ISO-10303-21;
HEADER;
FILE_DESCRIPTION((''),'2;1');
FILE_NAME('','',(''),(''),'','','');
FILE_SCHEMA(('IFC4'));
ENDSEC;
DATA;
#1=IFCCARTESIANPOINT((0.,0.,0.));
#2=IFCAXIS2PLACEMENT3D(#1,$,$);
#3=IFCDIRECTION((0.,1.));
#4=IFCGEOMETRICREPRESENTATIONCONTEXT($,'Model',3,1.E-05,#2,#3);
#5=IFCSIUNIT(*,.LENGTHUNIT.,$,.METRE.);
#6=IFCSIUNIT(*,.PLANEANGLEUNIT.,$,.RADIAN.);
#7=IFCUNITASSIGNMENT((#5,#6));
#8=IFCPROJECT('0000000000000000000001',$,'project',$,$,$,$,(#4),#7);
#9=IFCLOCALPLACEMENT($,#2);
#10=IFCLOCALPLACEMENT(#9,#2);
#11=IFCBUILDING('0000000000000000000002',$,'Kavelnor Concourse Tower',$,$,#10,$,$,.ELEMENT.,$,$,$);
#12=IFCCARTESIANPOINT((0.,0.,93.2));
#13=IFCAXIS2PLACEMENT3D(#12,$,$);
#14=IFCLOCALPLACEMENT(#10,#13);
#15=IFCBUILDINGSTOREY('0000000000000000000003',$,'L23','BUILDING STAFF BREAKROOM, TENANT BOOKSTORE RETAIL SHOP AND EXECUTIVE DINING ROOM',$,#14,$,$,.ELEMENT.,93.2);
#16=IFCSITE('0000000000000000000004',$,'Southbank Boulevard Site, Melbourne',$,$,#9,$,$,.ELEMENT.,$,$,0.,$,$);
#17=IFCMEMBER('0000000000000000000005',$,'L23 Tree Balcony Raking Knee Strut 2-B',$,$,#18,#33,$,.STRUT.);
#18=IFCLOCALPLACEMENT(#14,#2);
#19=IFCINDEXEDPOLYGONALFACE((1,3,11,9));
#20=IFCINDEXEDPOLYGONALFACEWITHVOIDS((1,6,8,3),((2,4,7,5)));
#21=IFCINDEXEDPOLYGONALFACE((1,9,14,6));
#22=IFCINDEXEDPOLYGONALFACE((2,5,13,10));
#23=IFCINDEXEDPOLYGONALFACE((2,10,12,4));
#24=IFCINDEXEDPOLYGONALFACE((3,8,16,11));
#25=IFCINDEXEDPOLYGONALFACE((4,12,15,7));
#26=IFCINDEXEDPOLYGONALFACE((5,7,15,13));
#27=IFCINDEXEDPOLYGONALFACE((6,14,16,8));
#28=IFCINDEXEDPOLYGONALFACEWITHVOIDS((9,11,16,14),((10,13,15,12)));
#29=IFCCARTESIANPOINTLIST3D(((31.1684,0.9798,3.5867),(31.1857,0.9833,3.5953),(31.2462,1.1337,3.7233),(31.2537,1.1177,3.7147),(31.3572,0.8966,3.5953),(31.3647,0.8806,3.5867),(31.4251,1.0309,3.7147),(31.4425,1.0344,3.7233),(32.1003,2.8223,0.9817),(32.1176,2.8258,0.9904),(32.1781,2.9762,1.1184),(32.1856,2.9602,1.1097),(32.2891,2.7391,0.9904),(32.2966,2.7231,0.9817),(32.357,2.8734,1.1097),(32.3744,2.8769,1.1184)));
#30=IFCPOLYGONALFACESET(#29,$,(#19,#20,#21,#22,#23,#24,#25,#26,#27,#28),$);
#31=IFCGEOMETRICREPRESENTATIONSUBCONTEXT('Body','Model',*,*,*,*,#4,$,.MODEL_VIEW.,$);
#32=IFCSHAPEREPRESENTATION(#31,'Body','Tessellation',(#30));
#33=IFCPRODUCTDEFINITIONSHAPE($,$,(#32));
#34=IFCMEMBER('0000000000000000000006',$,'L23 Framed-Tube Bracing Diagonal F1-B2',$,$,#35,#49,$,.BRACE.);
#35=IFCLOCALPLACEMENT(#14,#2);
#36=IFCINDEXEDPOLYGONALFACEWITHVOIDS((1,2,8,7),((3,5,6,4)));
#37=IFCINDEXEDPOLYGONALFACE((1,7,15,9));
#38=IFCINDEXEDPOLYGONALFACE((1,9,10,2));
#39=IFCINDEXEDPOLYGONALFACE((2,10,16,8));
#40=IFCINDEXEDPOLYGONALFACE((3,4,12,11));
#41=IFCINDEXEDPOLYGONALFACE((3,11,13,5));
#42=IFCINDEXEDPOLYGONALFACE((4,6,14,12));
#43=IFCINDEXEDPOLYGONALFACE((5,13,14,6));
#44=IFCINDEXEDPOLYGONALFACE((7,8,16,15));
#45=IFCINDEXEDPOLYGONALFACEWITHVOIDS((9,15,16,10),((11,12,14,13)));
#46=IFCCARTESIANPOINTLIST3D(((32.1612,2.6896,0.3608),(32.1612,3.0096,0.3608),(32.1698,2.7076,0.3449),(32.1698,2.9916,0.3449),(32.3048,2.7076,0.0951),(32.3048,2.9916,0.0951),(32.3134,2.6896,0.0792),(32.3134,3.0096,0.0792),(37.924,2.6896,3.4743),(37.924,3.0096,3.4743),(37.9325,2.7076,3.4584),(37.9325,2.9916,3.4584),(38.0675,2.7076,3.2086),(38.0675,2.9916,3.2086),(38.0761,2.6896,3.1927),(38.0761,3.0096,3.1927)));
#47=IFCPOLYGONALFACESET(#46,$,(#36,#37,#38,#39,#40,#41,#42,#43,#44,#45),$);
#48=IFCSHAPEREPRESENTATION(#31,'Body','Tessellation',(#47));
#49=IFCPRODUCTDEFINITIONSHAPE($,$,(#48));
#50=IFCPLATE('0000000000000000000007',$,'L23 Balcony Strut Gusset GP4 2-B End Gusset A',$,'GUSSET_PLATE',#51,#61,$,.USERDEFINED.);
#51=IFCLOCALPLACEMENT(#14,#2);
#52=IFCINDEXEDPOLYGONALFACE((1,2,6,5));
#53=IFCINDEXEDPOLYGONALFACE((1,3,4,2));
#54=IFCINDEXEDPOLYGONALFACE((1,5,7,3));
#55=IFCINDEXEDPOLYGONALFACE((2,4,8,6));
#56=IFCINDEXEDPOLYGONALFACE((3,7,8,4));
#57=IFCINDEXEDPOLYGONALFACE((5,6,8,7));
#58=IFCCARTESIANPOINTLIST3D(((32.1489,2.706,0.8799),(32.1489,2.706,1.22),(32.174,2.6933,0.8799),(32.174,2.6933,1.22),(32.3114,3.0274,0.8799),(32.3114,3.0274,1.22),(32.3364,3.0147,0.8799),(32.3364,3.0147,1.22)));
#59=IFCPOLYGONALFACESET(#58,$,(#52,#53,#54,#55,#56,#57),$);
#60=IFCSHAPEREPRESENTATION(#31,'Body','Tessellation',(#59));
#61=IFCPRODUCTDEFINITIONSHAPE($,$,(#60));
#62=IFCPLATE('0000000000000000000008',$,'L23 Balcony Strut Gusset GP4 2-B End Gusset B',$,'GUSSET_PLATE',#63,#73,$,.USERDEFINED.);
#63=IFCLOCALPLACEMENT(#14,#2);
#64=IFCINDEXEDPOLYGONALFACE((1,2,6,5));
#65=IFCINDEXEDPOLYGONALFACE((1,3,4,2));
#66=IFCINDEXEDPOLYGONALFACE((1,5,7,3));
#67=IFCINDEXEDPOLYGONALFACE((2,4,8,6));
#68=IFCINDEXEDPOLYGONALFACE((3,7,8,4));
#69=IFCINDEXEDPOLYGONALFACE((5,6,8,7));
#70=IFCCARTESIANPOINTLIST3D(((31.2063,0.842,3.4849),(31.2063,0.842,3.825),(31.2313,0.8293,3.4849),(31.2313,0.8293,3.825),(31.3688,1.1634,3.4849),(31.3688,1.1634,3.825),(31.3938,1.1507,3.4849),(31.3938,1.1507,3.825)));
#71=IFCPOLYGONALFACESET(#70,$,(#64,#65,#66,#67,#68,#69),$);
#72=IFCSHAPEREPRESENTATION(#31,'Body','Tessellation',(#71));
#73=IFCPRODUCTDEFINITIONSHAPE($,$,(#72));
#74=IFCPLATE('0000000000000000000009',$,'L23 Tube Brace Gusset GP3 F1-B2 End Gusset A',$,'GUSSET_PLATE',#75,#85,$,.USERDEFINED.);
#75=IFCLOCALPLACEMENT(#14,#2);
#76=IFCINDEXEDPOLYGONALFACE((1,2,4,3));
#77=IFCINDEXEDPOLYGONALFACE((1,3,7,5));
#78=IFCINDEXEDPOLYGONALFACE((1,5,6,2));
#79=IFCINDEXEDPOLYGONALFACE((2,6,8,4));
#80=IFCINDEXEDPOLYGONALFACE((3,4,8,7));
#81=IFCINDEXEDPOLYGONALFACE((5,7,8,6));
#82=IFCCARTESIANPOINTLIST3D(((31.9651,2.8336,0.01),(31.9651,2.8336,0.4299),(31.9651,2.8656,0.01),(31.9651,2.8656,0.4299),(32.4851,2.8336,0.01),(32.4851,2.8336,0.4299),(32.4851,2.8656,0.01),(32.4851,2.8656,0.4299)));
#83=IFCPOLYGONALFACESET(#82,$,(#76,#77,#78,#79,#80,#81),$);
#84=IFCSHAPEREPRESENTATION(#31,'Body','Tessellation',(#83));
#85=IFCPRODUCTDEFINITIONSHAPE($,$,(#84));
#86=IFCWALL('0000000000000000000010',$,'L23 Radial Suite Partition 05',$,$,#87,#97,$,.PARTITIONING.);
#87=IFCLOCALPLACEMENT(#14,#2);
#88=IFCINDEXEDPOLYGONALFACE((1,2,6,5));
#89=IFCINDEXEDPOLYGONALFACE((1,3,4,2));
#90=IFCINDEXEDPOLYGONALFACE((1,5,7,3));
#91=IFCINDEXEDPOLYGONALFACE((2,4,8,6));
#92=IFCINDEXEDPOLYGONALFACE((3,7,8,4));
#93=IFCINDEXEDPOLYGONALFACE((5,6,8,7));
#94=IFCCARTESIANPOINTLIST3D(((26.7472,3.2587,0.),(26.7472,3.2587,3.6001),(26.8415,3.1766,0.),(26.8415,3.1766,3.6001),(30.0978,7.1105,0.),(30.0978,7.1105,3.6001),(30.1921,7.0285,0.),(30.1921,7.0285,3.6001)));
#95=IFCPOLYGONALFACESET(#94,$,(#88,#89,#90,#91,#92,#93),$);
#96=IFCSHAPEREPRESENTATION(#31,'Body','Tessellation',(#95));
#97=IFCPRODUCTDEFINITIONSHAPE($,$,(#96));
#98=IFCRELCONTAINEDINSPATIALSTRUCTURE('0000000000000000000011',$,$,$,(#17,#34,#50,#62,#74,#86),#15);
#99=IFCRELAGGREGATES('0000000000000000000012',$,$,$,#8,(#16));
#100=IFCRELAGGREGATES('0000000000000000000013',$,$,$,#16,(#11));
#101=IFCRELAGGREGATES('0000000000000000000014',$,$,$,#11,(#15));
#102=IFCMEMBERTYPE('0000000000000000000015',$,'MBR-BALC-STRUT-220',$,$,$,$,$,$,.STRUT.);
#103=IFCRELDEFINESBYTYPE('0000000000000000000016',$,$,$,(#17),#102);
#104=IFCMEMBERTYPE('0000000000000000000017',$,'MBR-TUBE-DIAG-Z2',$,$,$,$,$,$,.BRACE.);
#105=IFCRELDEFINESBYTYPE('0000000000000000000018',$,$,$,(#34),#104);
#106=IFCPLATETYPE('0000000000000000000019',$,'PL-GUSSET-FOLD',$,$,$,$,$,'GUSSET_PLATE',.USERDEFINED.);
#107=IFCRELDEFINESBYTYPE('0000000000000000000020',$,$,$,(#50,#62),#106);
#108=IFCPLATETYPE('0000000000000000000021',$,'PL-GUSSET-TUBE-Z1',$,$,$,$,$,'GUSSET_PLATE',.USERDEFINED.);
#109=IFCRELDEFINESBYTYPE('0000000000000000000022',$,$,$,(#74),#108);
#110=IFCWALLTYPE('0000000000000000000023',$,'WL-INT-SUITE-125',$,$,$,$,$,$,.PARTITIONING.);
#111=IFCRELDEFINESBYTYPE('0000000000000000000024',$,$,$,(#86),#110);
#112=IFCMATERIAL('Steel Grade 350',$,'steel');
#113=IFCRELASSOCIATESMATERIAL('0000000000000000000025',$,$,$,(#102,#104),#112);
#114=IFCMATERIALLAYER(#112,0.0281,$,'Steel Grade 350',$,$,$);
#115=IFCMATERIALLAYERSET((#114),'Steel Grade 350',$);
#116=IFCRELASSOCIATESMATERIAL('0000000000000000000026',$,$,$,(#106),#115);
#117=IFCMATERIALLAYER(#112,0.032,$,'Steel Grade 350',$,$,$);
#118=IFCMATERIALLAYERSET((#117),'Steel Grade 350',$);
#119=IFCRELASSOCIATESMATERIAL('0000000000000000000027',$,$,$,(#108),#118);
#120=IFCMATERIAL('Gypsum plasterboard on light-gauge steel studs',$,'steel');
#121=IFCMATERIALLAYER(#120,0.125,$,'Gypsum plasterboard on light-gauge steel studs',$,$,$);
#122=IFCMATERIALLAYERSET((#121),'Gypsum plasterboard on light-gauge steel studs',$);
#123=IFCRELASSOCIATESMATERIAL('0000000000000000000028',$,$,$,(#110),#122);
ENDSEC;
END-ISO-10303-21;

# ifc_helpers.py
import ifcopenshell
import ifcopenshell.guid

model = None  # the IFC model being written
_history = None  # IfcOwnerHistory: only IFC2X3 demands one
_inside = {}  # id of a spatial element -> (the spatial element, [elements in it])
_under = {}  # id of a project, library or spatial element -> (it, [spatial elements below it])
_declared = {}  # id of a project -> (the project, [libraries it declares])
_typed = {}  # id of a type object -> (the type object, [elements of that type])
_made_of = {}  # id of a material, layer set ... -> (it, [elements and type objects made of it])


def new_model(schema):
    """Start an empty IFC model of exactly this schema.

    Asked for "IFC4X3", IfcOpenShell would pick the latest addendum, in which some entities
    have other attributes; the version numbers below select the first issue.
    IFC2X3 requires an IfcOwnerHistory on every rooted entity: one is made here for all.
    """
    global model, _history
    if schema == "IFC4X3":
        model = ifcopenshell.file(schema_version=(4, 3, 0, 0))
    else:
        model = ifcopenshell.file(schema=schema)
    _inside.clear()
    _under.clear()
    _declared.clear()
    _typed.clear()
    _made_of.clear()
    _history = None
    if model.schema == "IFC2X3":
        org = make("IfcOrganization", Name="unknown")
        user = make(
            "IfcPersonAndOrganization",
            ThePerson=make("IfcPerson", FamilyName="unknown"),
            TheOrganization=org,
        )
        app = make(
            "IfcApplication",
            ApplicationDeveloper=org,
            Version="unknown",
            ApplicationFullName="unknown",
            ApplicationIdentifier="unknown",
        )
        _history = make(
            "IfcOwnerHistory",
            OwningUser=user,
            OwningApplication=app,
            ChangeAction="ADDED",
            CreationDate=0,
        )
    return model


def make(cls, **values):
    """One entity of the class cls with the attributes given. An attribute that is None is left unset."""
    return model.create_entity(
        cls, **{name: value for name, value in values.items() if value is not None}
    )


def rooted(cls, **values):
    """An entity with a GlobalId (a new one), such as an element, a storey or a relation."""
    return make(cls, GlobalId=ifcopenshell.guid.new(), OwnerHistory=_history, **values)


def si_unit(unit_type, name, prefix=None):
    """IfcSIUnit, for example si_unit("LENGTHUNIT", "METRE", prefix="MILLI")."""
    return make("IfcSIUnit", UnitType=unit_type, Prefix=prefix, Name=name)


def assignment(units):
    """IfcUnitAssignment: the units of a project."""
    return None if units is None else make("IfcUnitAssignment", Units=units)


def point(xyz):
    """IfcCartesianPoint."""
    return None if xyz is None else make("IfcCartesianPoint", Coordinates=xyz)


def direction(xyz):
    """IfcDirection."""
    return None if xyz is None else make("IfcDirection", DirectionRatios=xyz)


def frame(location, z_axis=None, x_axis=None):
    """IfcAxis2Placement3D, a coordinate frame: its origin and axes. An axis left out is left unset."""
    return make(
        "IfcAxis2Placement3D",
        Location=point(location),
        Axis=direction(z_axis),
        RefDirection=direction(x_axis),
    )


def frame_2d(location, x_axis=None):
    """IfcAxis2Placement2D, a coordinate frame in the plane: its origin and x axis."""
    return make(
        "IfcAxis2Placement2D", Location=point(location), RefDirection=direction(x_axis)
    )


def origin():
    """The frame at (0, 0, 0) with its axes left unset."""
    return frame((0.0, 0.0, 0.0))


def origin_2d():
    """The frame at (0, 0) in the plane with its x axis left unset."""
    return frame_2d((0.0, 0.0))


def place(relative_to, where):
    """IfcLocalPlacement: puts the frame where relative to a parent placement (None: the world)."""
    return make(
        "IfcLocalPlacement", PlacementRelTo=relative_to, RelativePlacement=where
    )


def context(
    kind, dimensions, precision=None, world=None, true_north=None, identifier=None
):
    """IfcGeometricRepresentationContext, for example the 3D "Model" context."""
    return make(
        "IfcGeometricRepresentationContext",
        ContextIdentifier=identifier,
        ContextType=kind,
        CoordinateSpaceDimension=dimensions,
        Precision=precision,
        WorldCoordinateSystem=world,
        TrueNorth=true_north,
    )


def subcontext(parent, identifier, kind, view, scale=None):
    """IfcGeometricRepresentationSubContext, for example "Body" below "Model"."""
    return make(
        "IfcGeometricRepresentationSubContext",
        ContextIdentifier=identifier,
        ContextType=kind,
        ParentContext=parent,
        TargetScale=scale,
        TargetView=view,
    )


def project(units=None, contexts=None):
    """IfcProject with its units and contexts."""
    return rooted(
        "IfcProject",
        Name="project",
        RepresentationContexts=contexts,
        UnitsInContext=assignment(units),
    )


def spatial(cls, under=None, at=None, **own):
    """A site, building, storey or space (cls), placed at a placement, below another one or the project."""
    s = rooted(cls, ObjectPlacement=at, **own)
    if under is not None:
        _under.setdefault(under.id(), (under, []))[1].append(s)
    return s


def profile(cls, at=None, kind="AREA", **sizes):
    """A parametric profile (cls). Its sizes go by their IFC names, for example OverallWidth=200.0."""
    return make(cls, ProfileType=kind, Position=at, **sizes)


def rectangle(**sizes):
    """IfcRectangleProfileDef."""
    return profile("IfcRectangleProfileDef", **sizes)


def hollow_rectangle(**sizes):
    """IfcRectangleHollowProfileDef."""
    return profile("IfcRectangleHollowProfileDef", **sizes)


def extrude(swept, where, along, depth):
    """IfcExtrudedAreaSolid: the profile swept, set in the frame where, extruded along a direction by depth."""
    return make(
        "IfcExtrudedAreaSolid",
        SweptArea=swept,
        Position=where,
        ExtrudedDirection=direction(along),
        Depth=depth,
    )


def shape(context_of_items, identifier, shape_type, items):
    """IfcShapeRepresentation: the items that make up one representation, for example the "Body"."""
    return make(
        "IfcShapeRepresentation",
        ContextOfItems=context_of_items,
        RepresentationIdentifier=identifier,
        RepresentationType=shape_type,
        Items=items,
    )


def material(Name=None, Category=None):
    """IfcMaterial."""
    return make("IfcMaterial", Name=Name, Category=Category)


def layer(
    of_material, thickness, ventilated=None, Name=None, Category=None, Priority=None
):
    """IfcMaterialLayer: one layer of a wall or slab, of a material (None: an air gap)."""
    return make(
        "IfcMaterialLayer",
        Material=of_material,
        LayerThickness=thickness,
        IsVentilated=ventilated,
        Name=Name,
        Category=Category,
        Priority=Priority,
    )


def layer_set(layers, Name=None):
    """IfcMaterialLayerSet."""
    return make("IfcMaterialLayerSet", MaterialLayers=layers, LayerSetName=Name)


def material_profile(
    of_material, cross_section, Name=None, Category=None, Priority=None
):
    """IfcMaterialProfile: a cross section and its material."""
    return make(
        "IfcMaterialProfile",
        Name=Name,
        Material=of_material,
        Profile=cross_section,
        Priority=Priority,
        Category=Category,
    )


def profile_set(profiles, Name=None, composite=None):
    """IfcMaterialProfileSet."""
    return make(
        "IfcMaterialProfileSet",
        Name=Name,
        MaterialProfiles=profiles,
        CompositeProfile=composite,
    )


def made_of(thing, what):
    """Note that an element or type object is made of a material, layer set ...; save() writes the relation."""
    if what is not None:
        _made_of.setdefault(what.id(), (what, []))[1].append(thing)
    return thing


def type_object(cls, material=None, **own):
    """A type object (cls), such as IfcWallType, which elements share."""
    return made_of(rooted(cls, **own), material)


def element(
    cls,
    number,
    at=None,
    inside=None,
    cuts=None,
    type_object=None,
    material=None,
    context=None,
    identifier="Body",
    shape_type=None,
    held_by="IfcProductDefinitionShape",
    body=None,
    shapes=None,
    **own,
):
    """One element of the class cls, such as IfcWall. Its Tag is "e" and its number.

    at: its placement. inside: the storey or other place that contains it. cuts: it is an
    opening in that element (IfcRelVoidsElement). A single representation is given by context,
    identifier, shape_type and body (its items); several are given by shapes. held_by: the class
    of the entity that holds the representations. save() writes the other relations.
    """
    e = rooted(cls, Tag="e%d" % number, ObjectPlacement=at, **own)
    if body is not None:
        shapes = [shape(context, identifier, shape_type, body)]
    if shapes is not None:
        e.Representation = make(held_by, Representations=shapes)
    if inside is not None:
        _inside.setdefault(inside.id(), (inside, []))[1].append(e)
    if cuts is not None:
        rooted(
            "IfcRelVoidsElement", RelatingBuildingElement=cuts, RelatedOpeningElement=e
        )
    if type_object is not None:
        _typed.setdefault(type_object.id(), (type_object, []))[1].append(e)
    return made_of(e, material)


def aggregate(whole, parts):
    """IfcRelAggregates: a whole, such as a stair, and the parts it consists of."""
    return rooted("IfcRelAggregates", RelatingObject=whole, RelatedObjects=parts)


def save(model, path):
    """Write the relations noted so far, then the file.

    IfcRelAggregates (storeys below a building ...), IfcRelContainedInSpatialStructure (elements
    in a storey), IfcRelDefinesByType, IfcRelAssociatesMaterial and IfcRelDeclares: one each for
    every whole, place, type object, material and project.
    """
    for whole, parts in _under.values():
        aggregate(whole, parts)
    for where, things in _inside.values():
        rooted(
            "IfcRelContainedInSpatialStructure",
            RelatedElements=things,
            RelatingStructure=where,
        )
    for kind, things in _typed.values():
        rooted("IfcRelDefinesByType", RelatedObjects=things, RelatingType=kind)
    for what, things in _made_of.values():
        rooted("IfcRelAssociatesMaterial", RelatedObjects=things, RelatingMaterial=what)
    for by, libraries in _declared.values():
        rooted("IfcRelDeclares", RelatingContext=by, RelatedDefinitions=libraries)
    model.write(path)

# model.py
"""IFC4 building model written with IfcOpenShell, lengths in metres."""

from ifc_helpers import new_model, si_unit, direction, frame, frame_2d, origin, origin_2d, place, context, subcontext, project, spatial, rectangle, hollow_rectangle, extrude, material, layer, layer_set, material_profile, profile_set, type_object, element, save


model = new_model("IFC4")

# Units and contexts
model_context = context("Model", 3, precision=1e-05, world=origin(), true_north=direction((0.0, 1.0)))
body_context = subcontext(model_context, "Body", "Model", "MODEL_VIEW")
ifc_project = project(units=[si_unit("LENGTHUNIT", "METRE"), si_unit("PLANEANGLEUNIT", "RADIAN")], contexts=[model_context])

# Site, building, storey
site_placement = place(None, origin())
site = spatial("IfcSite", under=ifc_project, at=site_placement, Name="Southbank Boulevard Site, Melbourne", CompositionType="ELEMENT", RefElevation=0.0)
building_placement = place(site_placement, origin())
building = spatial("IfcBuilding", under=site, at=building_placement, Name="Kavelnor Concourse Tower", CompositionType="ELEMENT")
storey_placement = place(building_placement, frame((0.0, 0.0, 93.2)))
storey = spatial("IfcBuildingStorey", under=building, at=storey_placement, Name="L23", Description="BUILDING STAFF BREAKROOM, TENANT BOOKSTORE RETAIL SHOP AND EXECUTIVE DINING ROOM", CompositionType="ELEMENT", Elevation=93.2)

# Shared definitions
ifc_material_1 = material(Name="Steel Grade 350", Category="steel")

# Members
ifc_material_profile_1 = material_profile(ifc_material_1, hollow_rectangle(XDim=0.22, YDim=0.22, WallThickness=0.0139, at=origin_2d()), Name="SHS 220x220x14")
ifc_profile_set_1 = profile_set([ifc_material_profile_1], Name="Steel Grade 350")
member_type_1 = type_object("IfcMemberType", Name="MBR-BALC-STRUT-220", PredefinedType="STRUT", material=ifc_profile_set_1)
member_1_placement = place(storey_placement, frame((32.2373, 2.8496, 1.05), z_axis=(-0.280347, -0.554304, 0.783679), x_axis=(0.89236, -0.451324, 0.0)))
element("IfcMember", 1, at=member_1_placement, inside=storey, type_object=member_type_1, Name="L23 Tree Balcony Raking Knee Strut 2-B", PredefinedType="STRUT", context=body_context, shape_type="SweptSolid", body=[
    extrude(hollow_rectangle(XDim=0.22, YDim=0.22, WallThickness=0.0139, at=origin_2d()), origin(), (0.0, 0.0, 1.0), 3.324),
])
ifc_material_profile_2 = material_profile(ifc_material_1, hollow_rectangle(XDim=0.3201, YDim=0.3201, WallThickness=0.0181, at=origin_2d()), Name="SHS 320x320x18")
ifc_profile_set_2 = profile_set([ifc_material_profile_2], Name="Steel Grade 350")
member_type_2 = type_object("IfcMemberType", Name="MBR-TUBE-DIAG-Z2", PredefinedType="BRACE", material=ifc_profile_set_2)
member_2_placement = place(storey_placement, frame((32.2373, 2.8496, 0.22), z_axis=(0.879799, 0.0, 0.475346), x_axis=(0.0, 1.0, 0.0)))
element("IfcMember", 2, at=member_2_placement, inside=storey, type_object=member_type_2, Name="L23 Framed-Tube Bracing Diagonal F1-B2", PredefinedType="BRACE", context=body_context, shape_type="SweptSolid", body=[
    extrude(hollow_rectangle(XDim=0.3201, YDim=0.3201, WallThickness=0.0181, at=origin_2d()), origin(), (0.0, 0.0, 1.0), 6.55),
])

# Plates
ifc_layer_1 = layer(ifc_material_1, 0.0281, Name="Steel Grade 350")
ifc_layer_set_1 = layer_set([ifc_layer_1], Name="Steel Grade 350")
plate_type_1 = type_object("IfcPlateType", Name="PL-GUSSET-FOLD", ElementType="GUSSET_PLATE", PredefinedType="USERDEFINED", material=ifc_layer_set_1)
for number, where, z_axis, x_axis, name in (
    (3, (32.2427, 2.8604, 0.8799), (0.0, 0.0, 1.0), (-0.451189, -0.892428, 0.0), "L23 Balcony Strut Gusset GP4 2-B End Gusset A"),
    (4, (31.3, 0.9963, 3.4849), (0.0, 0.0, 1.0), (-0.451189, -0.892428, 0.0), "L23 Balcony Strut Gusset GP4 2-B End Gusset B"),
):
    element("IfcPlate", number, at=place(storey_placement, frame(where, z_axis=z_axis, x_axis=x_axis)), inside=storey, type_object=plate_type_1, Name=name, ObjectType="GUSSET_PLATE", PredefinedType="USERDEFINED", context=body_context, shape_type="SweptSolid", body=[
        extrude(rectangle(XDim=0.3601, YDim=0.0281, at=origin_2d()), origin(), (0.0, 0.0, 1.0), 0.3401),
    ])
ifc_layer_2 = layer(ifc_material_1, 0.032, Name="Steel Grade 350")
ifc_layer_set_2 = layer_set([ifc_layer_2], Name="Steel Grade 350")
plate_type_2 = type_object("IfcPlateType", Name="PL-GUSSET-TUBE-Z1", ElementType="GUSSET_PLATE", PredefinedType="USERDEFINED", material=ifc_layer_set_2)
plate_placement = place(storey_placement, frame((32.2251, 2.8496, 0.01), z_axis=(0.0, 0.0, 1.0), x_axis=(1.0, 0.0, 0.0)))
element("IfcPlate", 5, at=plate_placement, inside=storey, type_object=plate_type_2, Name="L23 Tube Brace Gusset GP3 F1-B2 End Gusset A", ObjectType="GUSSET_PLATE", PredefinedType="USERDEFINED", context=body_context, shape_type="SweptSolid", body=[
    extrude(rectangle(XDim=0.52, YDim=0.032, at=origin_2d()), origin(), (0.0, 0.0, 1.0), 0.4199),
])

# Wall
ifc_material_2 = material(Name="Gypsum plasterboard on light-gauge steel studs", Category="steel")
ifc_layer_3 = layer(ifc_material_2, 0.125, Name="Gypsum plasterboard on light-gauge steel studs")
ifc_layer_set_3 = layer_set([ifc_layer_3], Name="Gypsum plasterboard on light-gauge steel studs")
wall_type = type_object("IfcWallType", Name="WL-INT-SUITE-125", PredefinedType="PARTITIONING", material=ifc_layer_set_3)
wall_placement = place(storey_placement, frame((30.145, 7.0696, 0.0), z_axis=(0.0, 0.0, 1.0), x_axis=(-0.656311, -0.75449, 0.0)))
element("IfcWall", 6, at=wall_placement, inside=storey, type_object=wall_type, Name="L23 Radial Suite Partition 05", PredefinedType="PARTITIONING", context=body_context, shape_type="SweptSolid", body=[
    extrude(rectangle(XDim=5.1052, YDim=0.125, at=frame_2d((2.5527, 0.0))), origin(), (0.0, 0.0, 1.0), 3.6001),
])

save(model, "model.ifc")
